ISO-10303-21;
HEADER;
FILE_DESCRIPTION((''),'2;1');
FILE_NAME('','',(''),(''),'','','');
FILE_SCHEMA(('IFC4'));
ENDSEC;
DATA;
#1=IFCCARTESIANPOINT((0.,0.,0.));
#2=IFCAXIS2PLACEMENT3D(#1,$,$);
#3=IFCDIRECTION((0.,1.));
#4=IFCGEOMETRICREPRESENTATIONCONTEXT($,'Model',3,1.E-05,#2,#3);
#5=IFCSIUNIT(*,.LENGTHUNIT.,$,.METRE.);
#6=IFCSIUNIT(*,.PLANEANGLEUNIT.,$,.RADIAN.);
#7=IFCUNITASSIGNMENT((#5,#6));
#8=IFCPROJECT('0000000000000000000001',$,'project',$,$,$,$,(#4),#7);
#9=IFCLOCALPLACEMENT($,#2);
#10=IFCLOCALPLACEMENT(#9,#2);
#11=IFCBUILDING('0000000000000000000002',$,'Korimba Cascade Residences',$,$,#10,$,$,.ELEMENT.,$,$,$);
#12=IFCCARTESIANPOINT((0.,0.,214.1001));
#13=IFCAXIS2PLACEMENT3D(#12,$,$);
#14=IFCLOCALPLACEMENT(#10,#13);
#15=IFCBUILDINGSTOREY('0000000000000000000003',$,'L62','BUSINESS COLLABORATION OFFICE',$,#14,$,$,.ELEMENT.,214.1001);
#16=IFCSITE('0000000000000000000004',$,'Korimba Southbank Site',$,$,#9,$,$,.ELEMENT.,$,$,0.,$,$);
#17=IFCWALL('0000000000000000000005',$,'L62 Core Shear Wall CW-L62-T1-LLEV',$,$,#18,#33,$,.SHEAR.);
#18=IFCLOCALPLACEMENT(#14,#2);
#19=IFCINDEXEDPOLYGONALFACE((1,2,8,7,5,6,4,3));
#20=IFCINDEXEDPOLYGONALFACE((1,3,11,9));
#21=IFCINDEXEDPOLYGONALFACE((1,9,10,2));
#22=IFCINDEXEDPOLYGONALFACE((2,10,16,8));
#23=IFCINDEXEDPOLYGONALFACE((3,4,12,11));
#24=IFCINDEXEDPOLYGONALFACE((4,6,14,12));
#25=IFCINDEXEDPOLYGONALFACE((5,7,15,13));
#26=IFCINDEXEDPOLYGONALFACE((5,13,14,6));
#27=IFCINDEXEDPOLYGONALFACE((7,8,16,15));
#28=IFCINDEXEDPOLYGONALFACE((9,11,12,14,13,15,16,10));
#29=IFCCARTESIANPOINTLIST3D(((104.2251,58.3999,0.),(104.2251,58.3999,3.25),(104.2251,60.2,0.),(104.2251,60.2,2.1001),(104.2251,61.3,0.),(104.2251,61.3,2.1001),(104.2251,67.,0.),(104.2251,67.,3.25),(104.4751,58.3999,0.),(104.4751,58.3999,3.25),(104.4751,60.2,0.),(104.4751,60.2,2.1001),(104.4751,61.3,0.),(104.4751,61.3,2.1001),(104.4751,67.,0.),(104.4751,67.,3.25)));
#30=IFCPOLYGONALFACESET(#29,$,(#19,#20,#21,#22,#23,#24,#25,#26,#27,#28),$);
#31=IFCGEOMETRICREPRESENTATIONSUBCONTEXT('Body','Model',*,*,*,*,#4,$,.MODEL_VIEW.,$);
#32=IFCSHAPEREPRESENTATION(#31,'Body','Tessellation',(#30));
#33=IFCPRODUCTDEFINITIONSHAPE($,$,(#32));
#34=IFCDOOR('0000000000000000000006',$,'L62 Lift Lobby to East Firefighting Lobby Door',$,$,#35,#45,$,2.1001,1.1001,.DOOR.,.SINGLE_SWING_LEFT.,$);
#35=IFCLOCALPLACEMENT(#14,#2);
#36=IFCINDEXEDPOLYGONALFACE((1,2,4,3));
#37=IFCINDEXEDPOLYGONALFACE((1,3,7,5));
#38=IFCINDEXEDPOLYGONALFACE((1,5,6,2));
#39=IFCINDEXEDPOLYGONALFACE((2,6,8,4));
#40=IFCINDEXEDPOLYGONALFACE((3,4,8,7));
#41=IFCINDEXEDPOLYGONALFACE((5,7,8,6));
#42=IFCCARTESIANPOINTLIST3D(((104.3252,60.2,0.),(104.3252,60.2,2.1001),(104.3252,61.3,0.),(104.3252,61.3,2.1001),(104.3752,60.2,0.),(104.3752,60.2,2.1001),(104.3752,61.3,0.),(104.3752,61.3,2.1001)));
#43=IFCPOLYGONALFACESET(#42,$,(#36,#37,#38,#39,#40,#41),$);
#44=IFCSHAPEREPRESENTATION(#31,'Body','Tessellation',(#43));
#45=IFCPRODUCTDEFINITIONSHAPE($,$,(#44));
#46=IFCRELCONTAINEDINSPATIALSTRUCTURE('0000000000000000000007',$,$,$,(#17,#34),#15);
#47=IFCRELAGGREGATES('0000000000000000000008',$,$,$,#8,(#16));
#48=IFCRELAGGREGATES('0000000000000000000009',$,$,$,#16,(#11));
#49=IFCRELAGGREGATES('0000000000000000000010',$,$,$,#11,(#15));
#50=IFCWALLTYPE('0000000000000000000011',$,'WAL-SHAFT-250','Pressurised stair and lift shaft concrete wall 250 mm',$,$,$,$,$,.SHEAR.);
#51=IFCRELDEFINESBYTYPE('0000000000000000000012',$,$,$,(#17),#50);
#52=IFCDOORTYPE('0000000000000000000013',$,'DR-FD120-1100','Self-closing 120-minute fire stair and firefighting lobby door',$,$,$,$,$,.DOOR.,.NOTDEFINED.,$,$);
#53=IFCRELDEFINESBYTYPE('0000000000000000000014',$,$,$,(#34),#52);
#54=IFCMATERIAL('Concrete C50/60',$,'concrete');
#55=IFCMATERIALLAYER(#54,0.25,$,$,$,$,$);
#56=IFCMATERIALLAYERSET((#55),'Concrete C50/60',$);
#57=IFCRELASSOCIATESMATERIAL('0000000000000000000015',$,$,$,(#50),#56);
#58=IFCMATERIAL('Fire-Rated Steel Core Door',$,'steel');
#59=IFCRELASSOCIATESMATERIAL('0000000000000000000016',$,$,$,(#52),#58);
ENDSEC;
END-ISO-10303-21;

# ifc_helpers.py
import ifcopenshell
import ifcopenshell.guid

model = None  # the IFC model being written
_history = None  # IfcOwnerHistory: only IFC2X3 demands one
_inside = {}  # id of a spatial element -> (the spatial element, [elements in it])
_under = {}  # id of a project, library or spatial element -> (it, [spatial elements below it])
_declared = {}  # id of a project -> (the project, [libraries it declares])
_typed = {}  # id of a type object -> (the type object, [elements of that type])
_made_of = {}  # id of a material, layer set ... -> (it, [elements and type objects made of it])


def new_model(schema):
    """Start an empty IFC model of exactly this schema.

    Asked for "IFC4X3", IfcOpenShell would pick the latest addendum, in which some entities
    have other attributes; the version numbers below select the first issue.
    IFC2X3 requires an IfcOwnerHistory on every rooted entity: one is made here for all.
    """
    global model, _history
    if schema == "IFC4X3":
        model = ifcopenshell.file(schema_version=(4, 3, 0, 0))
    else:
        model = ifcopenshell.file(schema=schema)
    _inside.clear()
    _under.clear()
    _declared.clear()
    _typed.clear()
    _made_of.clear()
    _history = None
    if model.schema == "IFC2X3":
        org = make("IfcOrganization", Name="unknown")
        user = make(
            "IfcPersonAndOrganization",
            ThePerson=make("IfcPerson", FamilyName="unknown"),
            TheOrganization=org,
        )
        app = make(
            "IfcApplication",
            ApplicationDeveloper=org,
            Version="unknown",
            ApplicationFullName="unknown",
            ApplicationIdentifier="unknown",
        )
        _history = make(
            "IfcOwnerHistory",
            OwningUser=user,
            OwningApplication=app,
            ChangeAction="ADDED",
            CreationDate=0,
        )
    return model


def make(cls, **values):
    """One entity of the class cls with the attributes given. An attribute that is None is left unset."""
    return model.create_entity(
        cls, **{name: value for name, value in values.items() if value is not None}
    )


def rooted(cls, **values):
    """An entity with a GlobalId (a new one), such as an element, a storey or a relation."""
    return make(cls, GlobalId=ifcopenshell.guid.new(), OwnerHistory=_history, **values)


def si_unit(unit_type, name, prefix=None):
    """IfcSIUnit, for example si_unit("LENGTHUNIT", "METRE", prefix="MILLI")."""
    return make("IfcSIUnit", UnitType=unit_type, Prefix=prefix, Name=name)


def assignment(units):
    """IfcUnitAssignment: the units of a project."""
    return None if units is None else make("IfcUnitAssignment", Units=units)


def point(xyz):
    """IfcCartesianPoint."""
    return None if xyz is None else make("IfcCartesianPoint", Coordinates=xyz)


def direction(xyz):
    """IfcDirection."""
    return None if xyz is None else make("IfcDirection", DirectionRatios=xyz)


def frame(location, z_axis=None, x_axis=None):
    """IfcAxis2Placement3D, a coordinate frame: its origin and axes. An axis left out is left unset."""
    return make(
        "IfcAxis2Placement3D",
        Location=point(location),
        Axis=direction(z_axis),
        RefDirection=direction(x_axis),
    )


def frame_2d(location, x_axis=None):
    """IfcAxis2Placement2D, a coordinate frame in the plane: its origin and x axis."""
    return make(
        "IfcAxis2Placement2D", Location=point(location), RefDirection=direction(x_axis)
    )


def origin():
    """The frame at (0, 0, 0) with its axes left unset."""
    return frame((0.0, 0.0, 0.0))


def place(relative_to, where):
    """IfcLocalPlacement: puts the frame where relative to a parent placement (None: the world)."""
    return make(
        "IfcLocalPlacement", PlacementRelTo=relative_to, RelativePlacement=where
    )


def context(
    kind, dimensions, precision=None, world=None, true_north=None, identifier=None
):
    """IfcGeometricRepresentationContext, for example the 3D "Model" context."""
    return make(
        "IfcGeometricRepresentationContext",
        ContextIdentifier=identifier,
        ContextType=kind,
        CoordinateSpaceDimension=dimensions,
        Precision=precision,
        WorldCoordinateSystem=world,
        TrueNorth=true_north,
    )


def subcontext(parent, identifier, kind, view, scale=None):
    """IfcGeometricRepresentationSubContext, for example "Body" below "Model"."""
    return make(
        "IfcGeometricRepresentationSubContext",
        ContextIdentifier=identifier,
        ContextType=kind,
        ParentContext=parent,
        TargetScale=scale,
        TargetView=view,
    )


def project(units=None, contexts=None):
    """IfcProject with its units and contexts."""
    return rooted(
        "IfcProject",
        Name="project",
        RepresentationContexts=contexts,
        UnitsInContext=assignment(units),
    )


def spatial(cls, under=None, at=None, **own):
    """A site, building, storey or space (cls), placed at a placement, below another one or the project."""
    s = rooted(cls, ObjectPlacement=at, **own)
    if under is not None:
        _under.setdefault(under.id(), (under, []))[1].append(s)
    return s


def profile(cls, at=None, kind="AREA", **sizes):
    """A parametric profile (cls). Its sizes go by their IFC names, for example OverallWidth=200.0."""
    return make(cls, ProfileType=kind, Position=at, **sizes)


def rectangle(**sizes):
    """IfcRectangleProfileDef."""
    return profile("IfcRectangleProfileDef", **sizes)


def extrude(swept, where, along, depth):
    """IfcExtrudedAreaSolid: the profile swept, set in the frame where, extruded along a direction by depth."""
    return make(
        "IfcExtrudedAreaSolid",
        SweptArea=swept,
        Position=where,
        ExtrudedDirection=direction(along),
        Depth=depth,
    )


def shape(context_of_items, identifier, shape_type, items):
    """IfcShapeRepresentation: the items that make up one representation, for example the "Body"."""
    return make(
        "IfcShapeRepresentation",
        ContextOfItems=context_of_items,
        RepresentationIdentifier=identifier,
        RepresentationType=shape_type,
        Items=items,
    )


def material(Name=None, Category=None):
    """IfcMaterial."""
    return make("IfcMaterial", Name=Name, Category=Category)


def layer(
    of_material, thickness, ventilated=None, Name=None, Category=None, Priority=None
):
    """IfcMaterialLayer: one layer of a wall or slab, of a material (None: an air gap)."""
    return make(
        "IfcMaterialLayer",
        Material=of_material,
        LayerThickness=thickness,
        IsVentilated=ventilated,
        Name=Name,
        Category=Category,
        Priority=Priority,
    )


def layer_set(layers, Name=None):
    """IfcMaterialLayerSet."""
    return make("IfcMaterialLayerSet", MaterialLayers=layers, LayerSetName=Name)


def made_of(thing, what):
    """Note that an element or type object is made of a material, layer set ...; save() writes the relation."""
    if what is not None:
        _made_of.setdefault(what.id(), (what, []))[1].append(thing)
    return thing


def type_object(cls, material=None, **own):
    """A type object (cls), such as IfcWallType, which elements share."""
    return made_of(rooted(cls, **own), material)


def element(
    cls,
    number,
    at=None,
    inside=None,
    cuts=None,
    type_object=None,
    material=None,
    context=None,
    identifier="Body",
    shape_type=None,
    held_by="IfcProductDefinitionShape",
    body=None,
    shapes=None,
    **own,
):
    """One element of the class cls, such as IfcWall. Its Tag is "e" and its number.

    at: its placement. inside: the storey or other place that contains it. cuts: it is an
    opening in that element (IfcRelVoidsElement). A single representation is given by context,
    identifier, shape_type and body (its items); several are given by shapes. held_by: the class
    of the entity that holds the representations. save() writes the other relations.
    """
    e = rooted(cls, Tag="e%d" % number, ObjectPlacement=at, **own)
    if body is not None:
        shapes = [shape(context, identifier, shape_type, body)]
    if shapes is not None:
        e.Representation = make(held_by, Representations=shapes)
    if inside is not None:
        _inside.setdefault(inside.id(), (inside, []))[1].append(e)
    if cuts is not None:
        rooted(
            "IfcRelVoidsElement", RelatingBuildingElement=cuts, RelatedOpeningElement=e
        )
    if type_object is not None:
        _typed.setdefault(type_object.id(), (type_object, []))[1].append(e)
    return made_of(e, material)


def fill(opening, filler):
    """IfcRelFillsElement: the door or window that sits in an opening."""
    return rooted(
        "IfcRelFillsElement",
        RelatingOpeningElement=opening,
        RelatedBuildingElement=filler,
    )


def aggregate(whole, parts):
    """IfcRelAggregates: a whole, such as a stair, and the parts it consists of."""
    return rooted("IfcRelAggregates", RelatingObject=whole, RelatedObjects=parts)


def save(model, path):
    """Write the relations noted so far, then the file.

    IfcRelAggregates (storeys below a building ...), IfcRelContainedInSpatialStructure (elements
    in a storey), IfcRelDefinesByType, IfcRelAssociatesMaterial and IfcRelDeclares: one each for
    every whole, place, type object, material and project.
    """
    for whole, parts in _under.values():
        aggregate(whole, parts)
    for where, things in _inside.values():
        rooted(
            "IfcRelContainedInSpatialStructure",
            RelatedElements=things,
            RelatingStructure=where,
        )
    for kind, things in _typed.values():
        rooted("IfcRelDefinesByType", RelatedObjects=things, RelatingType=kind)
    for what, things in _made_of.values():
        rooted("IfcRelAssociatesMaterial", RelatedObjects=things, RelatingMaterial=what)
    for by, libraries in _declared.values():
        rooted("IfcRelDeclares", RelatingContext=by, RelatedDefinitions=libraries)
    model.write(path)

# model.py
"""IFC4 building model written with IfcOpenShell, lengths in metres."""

from ifc_helpers import new_model, si_unit, direction, frame, frame_2d, origin, place, context, subcontext, project, spatial, rectangle, extrude, material, layer, layer_set, type_object, element, fill, save


model = new_model("IFC4")

# Units and contexts
model_context = context("Model", 3, precision=1e-05, world=origin(), true_north=direction((0.0, 1.0)))
body_context = subcontext(model_context, "Body", "Model", "MODEL_VIEW")
ifc_project = project(units=[si_unit("LENGTHUNIT", "METRE"), si_unit("PLANEANGLEUNIT", "RADIAN")], contexts=[model_context])

# Site, building, storey
site_placement = place(None, origin())
site = spatial("IfcSite", under=ifc_project, at=site_placement, Name="Korimba Southbank Site", CompositionType="ELEMENT", RefElevation=0.0)
building_placement = place(site_placement, origin())
building = spatial("IfcBuilding", under=site, at=building_placement, Name="Korimba Cascade Residences", CompositionType="ELEMENT")
storey_placement = place(building_placement, frame((0.0, 0.0, 214.1001)))
storey = spatial("IfcBuildingStorey", under=building, at=storey_placement, Name="L62", Description="BUSINESS COLLABORATION OFFICE", CompositionType="ELEMENT", Elevation=214.1001)

# Shared definitions
ifc_material_1 = material(Name="Concrete C50/60", Category="concrete")
ifc_layer_1 = layer(ifc_material_1, 0.25)
ifc_layer_set_1 = layer_set([ifc_layer_1], Name="Concrete C50/60")
wall_type_1 = type_object("IfcWallType", Name="WAL-SHAFT-250", Description="Pressurised stair and lift shaft concrete wall 250 mm", PredefinedType="SHEAR", material=ifc_layer_set_1)

# Wall, opening, door
wall_1_placement = place(storey_placement, frame((104.3501, 58.3999, 0.0), z_axis=(0.0, 0.0, 1.0), x_axis=(0.0, 1.0, 0.0)))
wall_1 = element("IfcWall", 1, at=wall_1_placement, inside=storey, type_object=wall_type_1, Name="L62 Core Shear Wall CW-L62-T1-LLEV", PredefinedType="SHEAR", context=body_context, shape_type="SweptSolid", body=[
    extrude(rectangle(XDim=8.6001, YDim=0.25, at=frame_2d((4.3, 0.0))), origin(), (0.0, 0.0, 1.0), 3.25),
])
opening_1_placement = place(wall_1_placement, frame((1.8, 0.0, 0.0)))
opening_1 = element("IfcOpeningElement", 2, at=opening_1_placement, cuts=wall_1, PredefinedType="OPENING", context=body_context, shape_type="SweptSolid", body=[
    extrude(rectangle(XDim=1.1001, YDim=2.1001, at=frame_2d((0.55, 1.05))), frame((0.0, 0.135, 0.0), z_axis=(0.0, -1.0, 0.0), x_axis=(1.0, 0.0, 0.0)), (0.0, 0.0, 1.0), 0.27),
])
ifc_material_2 = material(Name="Fire-Rated Steel Core Door", Category="steel")
door_type_1 = type_object("IfcDoorType", Name="DR-FD120-1100", Description="Self-closing 120-minute fire stair and firefighting lobby door", OperationType="NOTDEFINED", PredefinedType="DOOR", material=ifc_material_2)
door_1_placement = place(opening_1_placement, origin())
door_1 = element("IfcDoor", 3, at=door_1_placement, inside=storey, type_object=door_type_1, Name="L62 Lift Lobby to East Firefighting Lobby Door", OperationType="SINGLE_SWING_LEFT", OverallHeight=2.1001, OverallWidth=1.1001, PredefinedType="DOOR", context=body_context, shape_type="SweptSolid", body=[
    extrude(rectangle(XDim=1.1001, YDim=2.1001, at=frame_2d((0.55, 1.05))), frame((0.0, 0.0249, 0.0), z_axis=(0.0, -1.0, 0.0), x_axis=(1.0, 0.0, 0.0)), (0.0, 0.0, 1.0), 0.05),
])
fill(opening_1, door_1)

save(model, "model.ifc")
